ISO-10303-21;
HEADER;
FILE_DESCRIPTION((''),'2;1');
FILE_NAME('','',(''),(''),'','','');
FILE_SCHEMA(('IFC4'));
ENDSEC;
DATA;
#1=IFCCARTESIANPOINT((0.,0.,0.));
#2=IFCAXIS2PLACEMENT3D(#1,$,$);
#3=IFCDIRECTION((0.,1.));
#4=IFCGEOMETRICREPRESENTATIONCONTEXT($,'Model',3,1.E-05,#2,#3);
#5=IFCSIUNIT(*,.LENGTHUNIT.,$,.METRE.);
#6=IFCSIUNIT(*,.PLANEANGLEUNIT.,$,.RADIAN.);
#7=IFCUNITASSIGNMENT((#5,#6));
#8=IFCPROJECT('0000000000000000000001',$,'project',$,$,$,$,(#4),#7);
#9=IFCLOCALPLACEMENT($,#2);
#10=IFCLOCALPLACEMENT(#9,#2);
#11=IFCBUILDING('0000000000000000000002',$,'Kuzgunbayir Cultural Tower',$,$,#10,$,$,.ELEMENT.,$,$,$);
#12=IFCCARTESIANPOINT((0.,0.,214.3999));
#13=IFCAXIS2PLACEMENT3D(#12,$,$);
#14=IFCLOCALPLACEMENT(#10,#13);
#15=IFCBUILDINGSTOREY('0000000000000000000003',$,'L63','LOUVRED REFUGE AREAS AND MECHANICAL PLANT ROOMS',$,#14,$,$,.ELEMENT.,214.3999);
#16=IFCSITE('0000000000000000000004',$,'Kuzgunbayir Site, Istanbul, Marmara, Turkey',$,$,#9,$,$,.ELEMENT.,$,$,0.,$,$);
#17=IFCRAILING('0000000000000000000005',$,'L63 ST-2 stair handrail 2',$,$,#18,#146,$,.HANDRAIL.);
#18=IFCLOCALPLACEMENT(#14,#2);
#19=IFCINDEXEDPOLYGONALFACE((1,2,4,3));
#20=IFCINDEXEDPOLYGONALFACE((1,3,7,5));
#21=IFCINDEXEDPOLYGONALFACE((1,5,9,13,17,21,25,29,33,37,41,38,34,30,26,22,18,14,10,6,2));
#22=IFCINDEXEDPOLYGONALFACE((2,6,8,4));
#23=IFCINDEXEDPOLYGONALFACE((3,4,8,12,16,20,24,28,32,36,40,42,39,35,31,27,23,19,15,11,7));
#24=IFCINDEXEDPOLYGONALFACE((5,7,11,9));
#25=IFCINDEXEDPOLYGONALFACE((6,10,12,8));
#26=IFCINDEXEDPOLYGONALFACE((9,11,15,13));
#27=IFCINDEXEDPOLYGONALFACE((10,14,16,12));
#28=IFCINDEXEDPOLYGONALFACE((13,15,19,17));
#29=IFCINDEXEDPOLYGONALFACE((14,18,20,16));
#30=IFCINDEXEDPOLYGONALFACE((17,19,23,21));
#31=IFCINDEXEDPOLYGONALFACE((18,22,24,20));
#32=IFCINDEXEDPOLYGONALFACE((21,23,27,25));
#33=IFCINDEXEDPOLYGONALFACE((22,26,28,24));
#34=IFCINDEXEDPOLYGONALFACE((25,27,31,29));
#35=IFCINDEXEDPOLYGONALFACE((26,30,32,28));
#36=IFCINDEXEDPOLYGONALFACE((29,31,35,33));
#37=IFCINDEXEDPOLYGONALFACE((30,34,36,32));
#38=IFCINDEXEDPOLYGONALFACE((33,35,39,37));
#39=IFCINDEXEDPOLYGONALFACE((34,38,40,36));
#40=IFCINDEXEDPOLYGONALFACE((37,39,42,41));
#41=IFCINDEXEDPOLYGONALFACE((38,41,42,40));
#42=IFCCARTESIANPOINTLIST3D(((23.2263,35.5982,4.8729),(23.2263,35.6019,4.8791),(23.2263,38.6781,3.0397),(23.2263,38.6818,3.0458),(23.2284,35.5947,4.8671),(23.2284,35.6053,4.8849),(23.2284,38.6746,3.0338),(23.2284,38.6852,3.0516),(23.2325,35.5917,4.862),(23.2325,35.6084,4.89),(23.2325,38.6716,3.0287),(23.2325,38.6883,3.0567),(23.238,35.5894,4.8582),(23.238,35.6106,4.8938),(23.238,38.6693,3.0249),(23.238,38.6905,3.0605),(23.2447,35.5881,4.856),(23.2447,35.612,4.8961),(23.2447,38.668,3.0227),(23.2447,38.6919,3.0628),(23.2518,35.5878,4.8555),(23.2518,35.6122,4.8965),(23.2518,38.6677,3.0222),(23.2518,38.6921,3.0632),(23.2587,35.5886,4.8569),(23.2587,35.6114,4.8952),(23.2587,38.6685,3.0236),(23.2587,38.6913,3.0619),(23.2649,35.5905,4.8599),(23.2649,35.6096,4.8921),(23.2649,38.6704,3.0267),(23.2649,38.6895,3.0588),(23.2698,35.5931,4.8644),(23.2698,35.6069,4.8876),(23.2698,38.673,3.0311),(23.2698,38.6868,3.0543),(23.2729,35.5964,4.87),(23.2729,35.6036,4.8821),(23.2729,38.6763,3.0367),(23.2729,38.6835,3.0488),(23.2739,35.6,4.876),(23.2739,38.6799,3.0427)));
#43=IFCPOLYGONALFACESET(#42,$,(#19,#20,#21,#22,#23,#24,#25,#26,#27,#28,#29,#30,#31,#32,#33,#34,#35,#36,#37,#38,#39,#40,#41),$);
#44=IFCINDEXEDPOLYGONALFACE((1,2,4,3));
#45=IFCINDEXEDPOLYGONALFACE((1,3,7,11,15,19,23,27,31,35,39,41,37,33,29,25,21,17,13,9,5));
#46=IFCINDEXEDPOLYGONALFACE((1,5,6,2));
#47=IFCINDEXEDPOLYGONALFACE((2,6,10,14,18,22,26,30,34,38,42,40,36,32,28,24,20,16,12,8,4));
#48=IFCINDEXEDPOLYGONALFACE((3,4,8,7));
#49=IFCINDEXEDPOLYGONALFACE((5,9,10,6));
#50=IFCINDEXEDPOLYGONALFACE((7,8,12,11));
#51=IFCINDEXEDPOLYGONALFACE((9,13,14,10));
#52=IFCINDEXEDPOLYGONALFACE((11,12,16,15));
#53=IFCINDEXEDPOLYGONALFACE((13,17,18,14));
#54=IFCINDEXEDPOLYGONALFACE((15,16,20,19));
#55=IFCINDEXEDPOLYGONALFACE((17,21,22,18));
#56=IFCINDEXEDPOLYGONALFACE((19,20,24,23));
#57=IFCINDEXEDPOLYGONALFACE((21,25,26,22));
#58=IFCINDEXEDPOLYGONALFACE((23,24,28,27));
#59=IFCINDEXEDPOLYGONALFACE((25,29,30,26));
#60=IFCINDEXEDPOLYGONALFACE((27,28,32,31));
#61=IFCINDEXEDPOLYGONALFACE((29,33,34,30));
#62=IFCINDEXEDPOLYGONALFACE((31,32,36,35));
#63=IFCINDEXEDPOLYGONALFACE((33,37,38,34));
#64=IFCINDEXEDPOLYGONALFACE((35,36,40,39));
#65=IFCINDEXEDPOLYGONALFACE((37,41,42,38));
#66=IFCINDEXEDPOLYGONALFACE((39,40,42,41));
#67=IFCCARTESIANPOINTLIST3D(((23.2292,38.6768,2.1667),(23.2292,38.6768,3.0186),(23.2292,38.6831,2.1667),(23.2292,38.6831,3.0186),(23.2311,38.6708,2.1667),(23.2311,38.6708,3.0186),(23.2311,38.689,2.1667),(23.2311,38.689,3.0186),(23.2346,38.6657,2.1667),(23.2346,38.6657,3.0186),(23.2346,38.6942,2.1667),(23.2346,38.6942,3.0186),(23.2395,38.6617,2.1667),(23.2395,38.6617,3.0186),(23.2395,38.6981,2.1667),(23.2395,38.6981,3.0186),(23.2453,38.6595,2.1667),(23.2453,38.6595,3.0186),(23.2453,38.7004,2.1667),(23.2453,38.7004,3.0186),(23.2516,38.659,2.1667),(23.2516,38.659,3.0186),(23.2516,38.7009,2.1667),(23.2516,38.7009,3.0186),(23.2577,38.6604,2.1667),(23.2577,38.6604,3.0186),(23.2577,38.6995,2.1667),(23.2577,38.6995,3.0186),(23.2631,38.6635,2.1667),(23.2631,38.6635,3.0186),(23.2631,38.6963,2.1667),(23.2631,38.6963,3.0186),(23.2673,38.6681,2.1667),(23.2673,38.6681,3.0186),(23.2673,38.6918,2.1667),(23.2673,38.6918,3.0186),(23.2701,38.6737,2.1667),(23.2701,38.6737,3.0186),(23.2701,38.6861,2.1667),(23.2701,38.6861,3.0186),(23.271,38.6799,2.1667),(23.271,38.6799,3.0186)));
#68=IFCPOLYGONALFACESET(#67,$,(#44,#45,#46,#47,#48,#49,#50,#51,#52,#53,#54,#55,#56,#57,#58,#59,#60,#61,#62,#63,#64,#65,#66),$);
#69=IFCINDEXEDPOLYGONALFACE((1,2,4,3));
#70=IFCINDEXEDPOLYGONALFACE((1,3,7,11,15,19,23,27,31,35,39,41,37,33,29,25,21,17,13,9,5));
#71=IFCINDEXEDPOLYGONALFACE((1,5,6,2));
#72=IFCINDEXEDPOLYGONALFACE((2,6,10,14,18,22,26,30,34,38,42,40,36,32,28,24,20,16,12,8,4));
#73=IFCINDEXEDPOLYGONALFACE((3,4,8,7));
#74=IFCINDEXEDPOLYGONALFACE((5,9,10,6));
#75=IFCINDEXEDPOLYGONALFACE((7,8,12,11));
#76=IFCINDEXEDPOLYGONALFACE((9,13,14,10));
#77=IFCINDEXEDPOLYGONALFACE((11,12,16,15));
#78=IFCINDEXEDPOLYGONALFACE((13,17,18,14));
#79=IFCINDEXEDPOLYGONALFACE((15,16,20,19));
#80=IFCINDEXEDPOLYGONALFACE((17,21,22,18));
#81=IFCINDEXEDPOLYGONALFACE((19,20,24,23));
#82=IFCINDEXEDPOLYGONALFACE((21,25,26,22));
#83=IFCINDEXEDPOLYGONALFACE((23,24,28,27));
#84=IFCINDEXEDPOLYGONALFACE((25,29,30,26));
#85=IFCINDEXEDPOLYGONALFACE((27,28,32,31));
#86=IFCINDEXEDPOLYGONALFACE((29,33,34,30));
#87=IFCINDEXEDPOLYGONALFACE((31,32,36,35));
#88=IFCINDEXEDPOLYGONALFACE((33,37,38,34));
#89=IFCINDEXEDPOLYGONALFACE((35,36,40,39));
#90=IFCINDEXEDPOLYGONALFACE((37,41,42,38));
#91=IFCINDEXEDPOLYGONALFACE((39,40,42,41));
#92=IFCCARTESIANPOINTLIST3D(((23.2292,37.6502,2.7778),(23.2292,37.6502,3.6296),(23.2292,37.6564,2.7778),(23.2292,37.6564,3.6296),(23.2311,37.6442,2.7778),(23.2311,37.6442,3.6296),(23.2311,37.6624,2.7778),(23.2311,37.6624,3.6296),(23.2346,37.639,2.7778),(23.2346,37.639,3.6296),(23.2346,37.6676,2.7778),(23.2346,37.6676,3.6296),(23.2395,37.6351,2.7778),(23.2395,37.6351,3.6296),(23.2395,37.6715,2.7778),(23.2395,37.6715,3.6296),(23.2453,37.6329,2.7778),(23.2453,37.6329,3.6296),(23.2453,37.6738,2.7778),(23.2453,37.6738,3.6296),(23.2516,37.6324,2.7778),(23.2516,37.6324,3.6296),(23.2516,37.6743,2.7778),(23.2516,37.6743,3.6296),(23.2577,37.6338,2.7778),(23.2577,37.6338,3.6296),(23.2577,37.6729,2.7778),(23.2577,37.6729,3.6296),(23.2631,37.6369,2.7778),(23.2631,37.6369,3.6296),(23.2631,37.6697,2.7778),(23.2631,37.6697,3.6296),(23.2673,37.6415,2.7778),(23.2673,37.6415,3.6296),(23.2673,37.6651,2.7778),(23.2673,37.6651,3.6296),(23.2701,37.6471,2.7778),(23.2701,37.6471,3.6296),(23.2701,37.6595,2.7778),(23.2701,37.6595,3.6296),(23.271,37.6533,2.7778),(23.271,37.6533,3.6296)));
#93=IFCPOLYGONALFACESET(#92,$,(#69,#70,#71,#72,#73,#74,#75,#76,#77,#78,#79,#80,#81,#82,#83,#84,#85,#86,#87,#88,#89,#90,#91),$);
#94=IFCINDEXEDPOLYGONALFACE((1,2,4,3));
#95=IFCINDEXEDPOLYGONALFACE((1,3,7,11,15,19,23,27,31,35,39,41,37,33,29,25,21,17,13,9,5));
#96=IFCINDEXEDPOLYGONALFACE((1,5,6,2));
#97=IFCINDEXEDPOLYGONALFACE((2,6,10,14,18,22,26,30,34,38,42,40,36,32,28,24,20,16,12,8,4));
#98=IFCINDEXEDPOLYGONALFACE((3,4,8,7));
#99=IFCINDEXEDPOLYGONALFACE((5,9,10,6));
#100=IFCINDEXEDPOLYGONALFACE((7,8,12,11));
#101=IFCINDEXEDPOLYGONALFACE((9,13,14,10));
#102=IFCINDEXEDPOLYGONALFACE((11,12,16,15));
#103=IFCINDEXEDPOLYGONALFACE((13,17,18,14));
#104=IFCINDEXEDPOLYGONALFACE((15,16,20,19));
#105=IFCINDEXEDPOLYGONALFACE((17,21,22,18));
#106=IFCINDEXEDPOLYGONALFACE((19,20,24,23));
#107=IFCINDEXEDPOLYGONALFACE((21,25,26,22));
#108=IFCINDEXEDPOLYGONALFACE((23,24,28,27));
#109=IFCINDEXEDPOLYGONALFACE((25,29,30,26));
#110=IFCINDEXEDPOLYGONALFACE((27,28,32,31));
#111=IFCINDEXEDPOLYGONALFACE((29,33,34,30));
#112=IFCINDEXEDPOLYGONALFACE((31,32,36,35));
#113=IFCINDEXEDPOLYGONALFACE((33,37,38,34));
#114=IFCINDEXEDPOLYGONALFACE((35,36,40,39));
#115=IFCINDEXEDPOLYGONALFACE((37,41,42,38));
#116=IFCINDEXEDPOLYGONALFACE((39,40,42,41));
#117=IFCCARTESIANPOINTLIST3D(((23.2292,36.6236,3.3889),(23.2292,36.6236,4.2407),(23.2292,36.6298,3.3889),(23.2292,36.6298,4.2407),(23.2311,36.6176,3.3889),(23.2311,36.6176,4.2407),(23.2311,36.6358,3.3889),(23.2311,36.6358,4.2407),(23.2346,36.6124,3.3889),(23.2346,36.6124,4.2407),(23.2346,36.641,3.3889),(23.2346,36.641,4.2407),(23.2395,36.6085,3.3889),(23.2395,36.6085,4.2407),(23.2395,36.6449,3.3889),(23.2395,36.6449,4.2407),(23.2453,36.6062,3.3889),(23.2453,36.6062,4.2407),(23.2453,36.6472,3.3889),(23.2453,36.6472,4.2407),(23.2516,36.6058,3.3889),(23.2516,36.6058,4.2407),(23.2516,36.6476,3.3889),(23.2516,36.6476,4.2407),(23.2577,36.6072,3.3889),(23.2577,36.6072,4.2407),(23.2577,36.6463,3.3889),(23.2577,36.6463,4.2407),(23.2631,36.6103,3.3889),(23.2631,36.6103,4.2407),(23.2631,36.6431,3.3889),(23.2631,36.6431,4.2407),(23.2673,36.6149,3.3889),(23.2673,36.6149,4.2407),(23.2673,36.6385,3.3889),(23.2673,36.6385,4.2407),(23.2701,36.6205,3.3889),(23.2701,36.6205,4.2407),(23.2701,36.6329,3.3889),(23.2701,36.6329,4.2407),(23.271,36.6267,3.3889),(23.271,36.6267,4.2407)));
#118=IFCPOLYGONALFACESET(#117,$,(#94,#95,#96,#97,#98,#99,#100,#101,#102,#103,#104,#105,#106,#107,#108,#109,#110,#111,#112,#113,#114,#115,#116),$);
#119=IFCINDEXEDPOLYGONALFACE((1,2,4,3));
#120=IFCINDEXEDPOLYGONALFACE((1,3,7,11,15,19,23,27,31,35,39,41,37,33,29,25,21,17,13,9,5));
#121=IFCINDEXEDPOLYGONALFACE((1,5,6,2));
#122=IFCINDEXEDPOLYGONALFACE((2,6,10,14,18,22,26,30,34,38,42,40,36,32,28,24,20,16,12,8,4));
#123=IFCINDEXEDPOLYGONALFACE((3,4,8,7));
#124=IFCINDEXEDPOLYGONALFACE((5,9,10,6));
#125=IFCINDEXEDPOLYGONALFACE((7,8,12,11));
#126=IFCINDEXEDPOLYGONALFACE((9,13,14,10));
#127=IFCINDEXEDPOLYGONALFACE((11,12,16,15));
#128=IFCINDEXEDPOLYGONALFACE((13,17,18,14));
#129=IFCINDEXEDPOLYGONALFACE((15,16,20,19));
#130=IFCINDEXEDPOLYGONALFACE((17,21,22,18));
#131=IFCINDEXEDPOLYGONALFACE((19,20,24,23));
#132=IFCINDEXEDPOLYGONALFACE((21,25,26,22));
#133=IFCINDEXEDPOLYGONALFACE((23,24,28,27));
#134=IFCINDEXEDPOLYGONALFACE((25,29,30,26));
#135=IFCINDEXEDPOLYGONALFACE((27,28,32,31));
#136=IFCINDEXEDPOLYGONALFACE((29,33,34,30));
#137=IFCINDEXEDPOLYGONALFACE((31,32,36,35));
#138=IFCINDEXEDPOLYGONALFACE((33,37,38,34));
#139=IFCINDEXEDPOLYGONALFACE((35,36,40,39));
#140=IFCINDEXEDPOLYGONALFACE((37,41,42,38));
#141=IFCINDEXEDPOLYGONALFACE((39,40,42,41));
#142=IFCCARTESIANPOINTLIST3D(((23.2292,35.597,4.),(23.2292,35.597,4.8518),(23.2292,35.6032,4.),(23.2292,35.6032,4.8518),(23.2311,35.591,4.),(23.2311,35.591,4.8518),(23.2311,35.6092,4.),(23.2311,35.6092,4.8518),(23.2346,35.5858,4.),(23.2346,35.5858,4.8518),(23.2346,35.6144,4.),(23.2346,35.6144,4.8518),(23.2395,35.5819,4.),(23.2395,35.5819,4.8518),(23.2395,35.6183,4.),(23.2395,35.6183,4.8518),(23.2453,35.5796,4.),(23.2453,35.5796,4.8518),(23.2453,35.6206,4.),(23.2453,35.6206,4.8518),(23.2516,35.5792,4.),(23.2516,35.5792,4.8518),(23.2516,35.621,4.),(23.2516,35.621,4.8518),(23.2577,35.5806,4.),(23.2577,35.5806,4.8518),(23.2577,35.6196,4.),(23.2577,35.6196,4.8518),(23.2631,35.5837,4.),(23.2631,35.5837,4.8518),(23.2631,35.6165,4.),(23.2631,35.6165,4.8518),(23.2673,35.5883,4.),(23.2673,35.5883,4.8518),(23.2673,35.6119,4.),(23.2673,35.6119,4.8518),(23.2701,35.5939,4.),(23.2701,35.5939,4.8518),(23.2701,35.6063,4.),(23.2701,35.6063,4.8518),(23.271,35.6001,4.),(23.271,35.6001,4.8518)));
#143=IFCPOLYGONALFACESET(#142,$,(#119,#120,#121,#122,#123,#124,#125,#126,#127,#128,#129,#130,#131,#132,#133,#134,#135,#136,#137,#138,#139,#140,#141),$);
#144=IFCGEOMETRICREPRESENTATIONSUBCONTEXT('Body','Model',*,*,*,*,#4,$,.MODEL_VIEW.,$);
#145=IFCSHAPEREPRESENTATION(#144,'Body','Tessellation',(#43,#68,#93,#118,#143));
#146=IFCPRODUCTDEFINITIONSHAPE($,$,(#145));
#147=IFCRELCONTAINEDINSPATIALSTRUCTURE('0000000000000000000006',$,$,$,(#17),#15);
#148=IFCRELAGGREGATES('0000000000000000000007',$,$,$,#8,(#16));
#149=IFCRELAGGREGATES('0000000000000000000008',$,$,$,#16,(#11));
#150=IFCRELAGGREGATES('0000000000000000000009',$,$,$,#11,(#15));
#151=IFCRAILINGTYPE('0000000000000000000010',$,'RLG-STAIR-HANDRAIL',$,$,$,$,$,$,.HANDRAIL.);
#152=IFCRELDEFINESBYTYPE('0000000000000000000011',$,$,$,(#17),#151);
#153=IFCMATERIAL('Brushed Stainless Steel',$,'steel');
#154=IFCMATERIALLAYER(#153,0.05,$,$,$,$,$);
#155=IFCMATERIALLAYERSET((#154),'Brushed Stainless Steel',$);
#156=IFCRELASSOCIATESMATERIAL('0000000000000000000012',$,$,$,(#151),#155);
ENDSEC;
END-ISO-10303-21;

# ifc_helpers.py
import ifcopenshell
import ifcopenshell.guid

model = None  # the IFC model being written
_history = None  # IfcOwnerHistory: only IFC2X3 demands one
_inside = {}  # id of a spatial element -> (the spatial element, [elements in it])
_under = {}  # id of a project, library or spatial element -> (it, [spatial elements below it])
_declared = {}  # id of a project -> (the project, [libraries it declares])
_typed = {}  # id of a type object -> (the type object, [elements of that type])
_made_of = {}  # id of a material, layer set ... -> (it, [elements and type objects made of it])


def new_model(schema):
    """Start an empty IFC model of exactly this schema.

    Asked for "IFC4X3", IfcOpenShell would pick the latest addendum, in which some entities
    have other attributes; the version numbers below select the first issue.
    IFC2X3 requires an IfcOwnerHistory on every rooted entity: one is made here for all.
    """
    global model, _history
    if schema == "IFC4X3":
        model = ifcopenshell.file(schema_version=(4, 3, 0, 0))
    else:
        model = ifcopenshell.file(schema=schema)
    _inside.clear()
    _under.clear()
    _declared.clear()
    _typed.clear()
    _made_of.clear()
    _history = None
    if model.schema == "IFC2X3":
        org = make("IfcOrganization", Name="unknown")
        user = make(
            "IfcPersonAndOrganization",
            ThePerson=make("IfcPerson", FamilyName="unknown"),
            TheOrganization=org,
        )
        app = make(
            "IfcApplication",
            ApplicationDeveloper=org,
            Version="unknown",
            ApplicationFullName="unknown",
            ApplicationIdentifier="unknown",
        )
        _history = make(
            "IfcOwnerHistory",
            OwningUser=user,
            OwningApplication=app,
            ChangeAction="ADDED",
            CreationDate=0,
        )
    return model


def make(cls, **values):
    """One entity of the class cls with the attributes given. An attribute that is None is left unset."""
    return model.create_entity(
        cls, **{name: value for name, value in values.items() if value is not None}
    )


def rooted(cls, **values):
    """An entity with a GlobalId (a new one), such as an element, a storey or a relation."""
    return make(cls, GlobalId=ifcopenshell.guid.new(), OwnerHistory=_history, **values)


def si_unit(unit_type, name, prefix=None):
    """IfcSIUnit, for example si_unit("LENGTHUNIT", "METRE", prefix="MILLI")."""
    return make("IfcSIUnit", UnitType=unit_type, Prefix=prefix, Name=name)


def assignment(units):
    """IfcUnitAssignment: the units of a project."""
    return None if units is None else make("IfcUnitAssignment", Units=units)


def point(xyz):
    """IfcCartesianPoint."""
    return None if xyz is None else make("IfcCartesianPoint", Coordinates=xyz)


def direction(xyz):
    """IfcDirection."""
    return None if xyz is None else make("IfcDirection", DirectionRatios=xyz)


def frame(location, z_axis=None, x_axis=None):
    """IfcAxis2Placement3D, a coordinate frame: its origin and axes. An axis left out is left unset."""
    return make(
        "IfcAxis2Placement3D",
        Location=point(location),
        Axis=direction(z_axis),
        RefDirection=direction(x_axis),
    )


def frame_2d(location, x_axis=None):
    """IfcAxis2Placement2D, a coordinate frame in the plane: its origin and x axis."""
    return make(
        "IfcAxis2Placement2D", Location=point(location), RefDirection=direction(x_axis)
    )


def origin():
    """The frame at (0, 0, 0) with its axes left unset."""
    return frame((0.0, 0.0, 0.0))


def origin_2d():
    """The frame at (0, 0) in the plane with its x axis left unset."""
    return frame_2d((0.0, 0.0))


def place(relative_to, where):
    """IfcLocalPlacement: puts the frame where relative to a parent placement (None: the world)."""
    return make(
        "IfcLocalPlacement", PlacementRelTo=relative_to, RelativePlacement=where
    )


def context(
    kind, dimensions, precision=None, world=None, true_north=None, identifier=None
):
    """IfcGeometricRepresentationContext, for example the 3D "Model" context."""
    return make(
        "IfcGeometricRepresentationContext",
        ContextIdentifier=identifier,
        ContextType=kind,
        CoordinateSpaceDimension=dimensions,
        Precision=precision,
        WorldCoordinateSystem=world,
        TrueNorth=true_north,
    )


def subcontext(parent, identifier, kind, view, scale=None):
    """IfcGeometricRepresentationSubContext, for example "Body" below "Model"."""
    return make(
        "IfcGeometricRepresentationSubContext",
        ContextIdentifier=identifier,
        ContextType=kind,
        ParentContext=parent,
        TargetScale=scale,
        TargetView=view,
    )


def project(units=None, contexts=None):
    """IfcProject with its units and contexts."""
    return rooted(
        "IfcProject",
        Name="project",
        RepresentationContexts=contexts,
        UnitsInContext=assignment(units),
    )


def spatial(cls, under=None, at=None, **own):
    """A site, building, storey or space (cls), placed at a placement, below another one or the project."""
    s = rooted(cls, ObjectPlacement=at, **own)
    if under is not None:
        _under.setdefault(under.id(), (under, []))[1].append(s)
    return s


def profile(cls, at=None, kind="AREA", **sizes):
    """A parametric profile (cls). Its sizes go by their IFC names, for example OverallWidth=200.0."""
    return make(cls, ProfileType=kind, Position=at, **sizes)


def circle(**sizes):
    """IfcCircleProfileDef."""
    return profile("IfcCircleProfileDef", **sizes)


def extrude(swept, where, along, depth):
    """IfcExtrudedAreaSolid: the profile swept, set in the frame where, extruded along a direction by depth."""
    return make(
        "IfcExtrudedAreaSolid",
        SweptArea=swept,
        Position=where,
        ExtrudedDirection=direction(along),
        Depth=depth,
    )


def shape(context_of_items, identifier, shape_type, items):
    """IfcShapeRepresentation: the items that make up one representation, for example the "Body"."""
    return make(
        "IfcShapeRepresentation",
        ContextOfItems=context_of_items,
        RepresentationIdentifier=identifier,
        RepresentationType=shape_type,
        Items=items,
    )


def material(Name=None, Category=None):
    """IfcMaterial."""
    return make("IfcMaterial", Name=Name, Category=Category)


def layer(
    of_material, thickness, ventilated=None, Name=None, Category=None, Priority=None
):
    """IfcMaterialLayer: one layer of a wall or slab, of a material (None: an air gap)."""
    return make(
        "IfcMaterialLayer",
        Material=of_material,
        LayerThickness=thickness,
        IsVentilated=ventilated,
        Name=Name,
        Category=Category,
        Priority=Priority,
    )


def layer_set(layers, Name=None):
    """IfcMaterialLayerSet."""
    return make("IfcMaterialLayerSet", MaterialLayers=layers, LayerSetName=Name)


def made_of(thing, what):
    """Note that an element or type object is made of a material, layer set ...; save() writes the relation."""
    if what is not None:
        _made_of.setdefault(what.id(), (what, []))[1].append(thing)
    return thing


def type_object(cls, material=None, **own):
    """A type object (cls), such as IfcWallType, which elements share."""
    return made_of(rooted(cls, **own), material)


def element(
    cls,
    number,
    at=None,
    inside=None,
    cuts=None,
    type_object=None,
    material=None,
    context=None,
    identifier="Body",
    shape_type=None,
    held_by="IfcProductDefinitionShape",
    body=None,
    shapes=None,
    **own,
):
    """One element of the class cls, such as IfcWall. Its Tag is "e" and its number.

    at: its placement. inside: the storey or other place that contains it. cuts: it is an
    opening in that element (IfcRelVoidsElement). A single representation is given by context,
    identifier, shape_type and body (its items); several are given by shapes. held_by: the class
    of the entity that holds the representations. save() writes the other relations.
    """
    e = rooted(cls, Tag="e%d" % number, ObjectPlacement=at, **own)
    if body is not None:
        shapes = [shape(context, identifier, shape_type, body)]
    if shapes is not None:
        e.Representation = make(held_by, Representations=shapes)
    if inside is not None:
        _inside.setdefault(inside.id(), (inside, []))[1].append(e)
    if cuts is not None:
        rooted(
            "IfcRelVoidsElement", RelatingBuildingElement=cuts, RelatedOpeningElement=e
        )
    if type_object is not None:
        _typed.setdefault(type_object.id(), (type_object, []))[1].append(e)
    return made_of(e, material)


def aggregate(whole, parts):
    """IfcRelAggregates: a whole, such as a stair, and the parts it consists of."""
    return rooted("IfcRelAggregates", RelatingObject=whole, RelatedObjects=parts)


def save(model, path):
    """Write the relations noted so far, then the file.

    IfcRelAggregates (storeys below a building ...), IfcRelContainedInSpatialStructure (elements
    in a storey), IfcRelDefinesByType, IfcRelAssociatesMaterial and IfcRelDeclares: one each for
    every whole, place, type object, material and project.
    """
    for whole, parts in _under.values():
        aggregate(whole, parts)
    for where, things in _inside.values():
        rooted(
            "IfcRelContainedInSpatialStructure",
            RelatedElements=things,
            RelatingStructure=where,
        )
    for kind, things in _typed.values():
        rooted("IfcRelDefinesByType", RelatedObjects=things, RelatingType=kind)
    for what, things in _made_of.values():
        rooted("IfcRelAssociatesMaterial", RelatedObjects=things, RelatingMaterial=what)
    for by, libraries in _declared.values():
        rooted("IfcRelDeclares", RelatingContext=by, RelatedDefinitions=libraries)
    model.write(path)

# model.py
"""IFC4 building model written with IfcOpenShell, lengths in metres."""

from ifc_helpers import new_model, si_unit, direction, frame, origin, origin_2d, place, context, subcontext, project, spatial, circle, extrude, material, layer, layer_set, type_object, element, save


model = new_model("IFC4")

# Units and contexts
model_context = context("Model", 3, precision=1e-05, world=origin(), true_north=direction((0.0, 1.0)))
body_context = subcontext(model_context, "Body", "Model", "MODEL_VIEW")
ifc_project = project(units=[si_unit("LENGTHUNIT", "METRE"), si_unit("PLANEANGLEUNIT", "RADIAN")], contexts=[model_context])

# Site, building, storey
site_placement = place(None, origin())
site = spatial("IfcSite", under=ifc_project, at=site_placement, Name="Kuzgunbayir Site, Istanbul, Marmara, Turkey", CompositionType="ELEMENT", RefElevation=0.0)
building_placement = place(site_placement, origin())
building = spatial("IfcBuilding", under=site, at=building_placement, Name="Kuzgunbayir Cultural Tower", CompositionType="ELEMENT")
storey_placement = place(building_placement, frame((0.0, 0.0, 214.3999)))
storey = spatial("IfcBuildingStorey", under=building, at=storey_placement, Name="L63", Description="LOUVRED REFUGE AREAS AND MECHANICAL PLANT ROOMS", CompositionType="ELEMENT", Elevation=214.3999)

# Railing
ifc_material_1 = material(Name="Brushed Stainless Steel", Category="steel")
ifc_layer_1 = layer(ifc_material_1, 0.05)
ifc_layer_set_1 = layer_set([ifc_layer_1], Name="Brushed Stainless Steel")
railing_type_1 = type_object("IfcRailingType", Name="RLG-STAIR-HANDRAIL", PredefinedType="HANDRAIL", material=ifc_layer_set_1)
railing_1_placement = place(storey_placement, frame((23.25, 38.6799, 2.1667)))
element("IfcRailing", 1, at=railing_1_placement, inside=storey, type_object=railing_type_1, Name="L63 ST-2 stair handrail 2", PredefinedType="HANDRAIL", context=body_context, shape_type="SweptSolid", body=[
    extrude(circle(Radius=0.0239, at=origin_2d()), frame((0.0, 0.0, 0.876), z_axis=(0.0, -0.859291, 0.511487), x_axis=(1.0, 0.0, 0.0)), (0.0, 0.0, 1.0), 3.5842),
    extrude(circle(Radius=0.021, at=origin_2d()), origin(), (0.0, 0.0, 1.0), 0.8518),
    extrude(circle(Radius=0.021, at=origin_2d()), frame((0.0, -1.0266, 0.6111)), (0.0, 0.0, 1.0), 0.8518),
    extrude(circle(Radius=0.021, at=origin_2d()), frame((0.0, -2.0532, 1.2222)), (0.0, 0.0, 1.0), 0.8518),
    extrude(circle(Radius=0.021, at=origin_2d()), frame((0.0, -3.0798, 1.8333)), (0.0, 0.0, 1.0), 0.8518),
])

save(model, "model.ifc")
